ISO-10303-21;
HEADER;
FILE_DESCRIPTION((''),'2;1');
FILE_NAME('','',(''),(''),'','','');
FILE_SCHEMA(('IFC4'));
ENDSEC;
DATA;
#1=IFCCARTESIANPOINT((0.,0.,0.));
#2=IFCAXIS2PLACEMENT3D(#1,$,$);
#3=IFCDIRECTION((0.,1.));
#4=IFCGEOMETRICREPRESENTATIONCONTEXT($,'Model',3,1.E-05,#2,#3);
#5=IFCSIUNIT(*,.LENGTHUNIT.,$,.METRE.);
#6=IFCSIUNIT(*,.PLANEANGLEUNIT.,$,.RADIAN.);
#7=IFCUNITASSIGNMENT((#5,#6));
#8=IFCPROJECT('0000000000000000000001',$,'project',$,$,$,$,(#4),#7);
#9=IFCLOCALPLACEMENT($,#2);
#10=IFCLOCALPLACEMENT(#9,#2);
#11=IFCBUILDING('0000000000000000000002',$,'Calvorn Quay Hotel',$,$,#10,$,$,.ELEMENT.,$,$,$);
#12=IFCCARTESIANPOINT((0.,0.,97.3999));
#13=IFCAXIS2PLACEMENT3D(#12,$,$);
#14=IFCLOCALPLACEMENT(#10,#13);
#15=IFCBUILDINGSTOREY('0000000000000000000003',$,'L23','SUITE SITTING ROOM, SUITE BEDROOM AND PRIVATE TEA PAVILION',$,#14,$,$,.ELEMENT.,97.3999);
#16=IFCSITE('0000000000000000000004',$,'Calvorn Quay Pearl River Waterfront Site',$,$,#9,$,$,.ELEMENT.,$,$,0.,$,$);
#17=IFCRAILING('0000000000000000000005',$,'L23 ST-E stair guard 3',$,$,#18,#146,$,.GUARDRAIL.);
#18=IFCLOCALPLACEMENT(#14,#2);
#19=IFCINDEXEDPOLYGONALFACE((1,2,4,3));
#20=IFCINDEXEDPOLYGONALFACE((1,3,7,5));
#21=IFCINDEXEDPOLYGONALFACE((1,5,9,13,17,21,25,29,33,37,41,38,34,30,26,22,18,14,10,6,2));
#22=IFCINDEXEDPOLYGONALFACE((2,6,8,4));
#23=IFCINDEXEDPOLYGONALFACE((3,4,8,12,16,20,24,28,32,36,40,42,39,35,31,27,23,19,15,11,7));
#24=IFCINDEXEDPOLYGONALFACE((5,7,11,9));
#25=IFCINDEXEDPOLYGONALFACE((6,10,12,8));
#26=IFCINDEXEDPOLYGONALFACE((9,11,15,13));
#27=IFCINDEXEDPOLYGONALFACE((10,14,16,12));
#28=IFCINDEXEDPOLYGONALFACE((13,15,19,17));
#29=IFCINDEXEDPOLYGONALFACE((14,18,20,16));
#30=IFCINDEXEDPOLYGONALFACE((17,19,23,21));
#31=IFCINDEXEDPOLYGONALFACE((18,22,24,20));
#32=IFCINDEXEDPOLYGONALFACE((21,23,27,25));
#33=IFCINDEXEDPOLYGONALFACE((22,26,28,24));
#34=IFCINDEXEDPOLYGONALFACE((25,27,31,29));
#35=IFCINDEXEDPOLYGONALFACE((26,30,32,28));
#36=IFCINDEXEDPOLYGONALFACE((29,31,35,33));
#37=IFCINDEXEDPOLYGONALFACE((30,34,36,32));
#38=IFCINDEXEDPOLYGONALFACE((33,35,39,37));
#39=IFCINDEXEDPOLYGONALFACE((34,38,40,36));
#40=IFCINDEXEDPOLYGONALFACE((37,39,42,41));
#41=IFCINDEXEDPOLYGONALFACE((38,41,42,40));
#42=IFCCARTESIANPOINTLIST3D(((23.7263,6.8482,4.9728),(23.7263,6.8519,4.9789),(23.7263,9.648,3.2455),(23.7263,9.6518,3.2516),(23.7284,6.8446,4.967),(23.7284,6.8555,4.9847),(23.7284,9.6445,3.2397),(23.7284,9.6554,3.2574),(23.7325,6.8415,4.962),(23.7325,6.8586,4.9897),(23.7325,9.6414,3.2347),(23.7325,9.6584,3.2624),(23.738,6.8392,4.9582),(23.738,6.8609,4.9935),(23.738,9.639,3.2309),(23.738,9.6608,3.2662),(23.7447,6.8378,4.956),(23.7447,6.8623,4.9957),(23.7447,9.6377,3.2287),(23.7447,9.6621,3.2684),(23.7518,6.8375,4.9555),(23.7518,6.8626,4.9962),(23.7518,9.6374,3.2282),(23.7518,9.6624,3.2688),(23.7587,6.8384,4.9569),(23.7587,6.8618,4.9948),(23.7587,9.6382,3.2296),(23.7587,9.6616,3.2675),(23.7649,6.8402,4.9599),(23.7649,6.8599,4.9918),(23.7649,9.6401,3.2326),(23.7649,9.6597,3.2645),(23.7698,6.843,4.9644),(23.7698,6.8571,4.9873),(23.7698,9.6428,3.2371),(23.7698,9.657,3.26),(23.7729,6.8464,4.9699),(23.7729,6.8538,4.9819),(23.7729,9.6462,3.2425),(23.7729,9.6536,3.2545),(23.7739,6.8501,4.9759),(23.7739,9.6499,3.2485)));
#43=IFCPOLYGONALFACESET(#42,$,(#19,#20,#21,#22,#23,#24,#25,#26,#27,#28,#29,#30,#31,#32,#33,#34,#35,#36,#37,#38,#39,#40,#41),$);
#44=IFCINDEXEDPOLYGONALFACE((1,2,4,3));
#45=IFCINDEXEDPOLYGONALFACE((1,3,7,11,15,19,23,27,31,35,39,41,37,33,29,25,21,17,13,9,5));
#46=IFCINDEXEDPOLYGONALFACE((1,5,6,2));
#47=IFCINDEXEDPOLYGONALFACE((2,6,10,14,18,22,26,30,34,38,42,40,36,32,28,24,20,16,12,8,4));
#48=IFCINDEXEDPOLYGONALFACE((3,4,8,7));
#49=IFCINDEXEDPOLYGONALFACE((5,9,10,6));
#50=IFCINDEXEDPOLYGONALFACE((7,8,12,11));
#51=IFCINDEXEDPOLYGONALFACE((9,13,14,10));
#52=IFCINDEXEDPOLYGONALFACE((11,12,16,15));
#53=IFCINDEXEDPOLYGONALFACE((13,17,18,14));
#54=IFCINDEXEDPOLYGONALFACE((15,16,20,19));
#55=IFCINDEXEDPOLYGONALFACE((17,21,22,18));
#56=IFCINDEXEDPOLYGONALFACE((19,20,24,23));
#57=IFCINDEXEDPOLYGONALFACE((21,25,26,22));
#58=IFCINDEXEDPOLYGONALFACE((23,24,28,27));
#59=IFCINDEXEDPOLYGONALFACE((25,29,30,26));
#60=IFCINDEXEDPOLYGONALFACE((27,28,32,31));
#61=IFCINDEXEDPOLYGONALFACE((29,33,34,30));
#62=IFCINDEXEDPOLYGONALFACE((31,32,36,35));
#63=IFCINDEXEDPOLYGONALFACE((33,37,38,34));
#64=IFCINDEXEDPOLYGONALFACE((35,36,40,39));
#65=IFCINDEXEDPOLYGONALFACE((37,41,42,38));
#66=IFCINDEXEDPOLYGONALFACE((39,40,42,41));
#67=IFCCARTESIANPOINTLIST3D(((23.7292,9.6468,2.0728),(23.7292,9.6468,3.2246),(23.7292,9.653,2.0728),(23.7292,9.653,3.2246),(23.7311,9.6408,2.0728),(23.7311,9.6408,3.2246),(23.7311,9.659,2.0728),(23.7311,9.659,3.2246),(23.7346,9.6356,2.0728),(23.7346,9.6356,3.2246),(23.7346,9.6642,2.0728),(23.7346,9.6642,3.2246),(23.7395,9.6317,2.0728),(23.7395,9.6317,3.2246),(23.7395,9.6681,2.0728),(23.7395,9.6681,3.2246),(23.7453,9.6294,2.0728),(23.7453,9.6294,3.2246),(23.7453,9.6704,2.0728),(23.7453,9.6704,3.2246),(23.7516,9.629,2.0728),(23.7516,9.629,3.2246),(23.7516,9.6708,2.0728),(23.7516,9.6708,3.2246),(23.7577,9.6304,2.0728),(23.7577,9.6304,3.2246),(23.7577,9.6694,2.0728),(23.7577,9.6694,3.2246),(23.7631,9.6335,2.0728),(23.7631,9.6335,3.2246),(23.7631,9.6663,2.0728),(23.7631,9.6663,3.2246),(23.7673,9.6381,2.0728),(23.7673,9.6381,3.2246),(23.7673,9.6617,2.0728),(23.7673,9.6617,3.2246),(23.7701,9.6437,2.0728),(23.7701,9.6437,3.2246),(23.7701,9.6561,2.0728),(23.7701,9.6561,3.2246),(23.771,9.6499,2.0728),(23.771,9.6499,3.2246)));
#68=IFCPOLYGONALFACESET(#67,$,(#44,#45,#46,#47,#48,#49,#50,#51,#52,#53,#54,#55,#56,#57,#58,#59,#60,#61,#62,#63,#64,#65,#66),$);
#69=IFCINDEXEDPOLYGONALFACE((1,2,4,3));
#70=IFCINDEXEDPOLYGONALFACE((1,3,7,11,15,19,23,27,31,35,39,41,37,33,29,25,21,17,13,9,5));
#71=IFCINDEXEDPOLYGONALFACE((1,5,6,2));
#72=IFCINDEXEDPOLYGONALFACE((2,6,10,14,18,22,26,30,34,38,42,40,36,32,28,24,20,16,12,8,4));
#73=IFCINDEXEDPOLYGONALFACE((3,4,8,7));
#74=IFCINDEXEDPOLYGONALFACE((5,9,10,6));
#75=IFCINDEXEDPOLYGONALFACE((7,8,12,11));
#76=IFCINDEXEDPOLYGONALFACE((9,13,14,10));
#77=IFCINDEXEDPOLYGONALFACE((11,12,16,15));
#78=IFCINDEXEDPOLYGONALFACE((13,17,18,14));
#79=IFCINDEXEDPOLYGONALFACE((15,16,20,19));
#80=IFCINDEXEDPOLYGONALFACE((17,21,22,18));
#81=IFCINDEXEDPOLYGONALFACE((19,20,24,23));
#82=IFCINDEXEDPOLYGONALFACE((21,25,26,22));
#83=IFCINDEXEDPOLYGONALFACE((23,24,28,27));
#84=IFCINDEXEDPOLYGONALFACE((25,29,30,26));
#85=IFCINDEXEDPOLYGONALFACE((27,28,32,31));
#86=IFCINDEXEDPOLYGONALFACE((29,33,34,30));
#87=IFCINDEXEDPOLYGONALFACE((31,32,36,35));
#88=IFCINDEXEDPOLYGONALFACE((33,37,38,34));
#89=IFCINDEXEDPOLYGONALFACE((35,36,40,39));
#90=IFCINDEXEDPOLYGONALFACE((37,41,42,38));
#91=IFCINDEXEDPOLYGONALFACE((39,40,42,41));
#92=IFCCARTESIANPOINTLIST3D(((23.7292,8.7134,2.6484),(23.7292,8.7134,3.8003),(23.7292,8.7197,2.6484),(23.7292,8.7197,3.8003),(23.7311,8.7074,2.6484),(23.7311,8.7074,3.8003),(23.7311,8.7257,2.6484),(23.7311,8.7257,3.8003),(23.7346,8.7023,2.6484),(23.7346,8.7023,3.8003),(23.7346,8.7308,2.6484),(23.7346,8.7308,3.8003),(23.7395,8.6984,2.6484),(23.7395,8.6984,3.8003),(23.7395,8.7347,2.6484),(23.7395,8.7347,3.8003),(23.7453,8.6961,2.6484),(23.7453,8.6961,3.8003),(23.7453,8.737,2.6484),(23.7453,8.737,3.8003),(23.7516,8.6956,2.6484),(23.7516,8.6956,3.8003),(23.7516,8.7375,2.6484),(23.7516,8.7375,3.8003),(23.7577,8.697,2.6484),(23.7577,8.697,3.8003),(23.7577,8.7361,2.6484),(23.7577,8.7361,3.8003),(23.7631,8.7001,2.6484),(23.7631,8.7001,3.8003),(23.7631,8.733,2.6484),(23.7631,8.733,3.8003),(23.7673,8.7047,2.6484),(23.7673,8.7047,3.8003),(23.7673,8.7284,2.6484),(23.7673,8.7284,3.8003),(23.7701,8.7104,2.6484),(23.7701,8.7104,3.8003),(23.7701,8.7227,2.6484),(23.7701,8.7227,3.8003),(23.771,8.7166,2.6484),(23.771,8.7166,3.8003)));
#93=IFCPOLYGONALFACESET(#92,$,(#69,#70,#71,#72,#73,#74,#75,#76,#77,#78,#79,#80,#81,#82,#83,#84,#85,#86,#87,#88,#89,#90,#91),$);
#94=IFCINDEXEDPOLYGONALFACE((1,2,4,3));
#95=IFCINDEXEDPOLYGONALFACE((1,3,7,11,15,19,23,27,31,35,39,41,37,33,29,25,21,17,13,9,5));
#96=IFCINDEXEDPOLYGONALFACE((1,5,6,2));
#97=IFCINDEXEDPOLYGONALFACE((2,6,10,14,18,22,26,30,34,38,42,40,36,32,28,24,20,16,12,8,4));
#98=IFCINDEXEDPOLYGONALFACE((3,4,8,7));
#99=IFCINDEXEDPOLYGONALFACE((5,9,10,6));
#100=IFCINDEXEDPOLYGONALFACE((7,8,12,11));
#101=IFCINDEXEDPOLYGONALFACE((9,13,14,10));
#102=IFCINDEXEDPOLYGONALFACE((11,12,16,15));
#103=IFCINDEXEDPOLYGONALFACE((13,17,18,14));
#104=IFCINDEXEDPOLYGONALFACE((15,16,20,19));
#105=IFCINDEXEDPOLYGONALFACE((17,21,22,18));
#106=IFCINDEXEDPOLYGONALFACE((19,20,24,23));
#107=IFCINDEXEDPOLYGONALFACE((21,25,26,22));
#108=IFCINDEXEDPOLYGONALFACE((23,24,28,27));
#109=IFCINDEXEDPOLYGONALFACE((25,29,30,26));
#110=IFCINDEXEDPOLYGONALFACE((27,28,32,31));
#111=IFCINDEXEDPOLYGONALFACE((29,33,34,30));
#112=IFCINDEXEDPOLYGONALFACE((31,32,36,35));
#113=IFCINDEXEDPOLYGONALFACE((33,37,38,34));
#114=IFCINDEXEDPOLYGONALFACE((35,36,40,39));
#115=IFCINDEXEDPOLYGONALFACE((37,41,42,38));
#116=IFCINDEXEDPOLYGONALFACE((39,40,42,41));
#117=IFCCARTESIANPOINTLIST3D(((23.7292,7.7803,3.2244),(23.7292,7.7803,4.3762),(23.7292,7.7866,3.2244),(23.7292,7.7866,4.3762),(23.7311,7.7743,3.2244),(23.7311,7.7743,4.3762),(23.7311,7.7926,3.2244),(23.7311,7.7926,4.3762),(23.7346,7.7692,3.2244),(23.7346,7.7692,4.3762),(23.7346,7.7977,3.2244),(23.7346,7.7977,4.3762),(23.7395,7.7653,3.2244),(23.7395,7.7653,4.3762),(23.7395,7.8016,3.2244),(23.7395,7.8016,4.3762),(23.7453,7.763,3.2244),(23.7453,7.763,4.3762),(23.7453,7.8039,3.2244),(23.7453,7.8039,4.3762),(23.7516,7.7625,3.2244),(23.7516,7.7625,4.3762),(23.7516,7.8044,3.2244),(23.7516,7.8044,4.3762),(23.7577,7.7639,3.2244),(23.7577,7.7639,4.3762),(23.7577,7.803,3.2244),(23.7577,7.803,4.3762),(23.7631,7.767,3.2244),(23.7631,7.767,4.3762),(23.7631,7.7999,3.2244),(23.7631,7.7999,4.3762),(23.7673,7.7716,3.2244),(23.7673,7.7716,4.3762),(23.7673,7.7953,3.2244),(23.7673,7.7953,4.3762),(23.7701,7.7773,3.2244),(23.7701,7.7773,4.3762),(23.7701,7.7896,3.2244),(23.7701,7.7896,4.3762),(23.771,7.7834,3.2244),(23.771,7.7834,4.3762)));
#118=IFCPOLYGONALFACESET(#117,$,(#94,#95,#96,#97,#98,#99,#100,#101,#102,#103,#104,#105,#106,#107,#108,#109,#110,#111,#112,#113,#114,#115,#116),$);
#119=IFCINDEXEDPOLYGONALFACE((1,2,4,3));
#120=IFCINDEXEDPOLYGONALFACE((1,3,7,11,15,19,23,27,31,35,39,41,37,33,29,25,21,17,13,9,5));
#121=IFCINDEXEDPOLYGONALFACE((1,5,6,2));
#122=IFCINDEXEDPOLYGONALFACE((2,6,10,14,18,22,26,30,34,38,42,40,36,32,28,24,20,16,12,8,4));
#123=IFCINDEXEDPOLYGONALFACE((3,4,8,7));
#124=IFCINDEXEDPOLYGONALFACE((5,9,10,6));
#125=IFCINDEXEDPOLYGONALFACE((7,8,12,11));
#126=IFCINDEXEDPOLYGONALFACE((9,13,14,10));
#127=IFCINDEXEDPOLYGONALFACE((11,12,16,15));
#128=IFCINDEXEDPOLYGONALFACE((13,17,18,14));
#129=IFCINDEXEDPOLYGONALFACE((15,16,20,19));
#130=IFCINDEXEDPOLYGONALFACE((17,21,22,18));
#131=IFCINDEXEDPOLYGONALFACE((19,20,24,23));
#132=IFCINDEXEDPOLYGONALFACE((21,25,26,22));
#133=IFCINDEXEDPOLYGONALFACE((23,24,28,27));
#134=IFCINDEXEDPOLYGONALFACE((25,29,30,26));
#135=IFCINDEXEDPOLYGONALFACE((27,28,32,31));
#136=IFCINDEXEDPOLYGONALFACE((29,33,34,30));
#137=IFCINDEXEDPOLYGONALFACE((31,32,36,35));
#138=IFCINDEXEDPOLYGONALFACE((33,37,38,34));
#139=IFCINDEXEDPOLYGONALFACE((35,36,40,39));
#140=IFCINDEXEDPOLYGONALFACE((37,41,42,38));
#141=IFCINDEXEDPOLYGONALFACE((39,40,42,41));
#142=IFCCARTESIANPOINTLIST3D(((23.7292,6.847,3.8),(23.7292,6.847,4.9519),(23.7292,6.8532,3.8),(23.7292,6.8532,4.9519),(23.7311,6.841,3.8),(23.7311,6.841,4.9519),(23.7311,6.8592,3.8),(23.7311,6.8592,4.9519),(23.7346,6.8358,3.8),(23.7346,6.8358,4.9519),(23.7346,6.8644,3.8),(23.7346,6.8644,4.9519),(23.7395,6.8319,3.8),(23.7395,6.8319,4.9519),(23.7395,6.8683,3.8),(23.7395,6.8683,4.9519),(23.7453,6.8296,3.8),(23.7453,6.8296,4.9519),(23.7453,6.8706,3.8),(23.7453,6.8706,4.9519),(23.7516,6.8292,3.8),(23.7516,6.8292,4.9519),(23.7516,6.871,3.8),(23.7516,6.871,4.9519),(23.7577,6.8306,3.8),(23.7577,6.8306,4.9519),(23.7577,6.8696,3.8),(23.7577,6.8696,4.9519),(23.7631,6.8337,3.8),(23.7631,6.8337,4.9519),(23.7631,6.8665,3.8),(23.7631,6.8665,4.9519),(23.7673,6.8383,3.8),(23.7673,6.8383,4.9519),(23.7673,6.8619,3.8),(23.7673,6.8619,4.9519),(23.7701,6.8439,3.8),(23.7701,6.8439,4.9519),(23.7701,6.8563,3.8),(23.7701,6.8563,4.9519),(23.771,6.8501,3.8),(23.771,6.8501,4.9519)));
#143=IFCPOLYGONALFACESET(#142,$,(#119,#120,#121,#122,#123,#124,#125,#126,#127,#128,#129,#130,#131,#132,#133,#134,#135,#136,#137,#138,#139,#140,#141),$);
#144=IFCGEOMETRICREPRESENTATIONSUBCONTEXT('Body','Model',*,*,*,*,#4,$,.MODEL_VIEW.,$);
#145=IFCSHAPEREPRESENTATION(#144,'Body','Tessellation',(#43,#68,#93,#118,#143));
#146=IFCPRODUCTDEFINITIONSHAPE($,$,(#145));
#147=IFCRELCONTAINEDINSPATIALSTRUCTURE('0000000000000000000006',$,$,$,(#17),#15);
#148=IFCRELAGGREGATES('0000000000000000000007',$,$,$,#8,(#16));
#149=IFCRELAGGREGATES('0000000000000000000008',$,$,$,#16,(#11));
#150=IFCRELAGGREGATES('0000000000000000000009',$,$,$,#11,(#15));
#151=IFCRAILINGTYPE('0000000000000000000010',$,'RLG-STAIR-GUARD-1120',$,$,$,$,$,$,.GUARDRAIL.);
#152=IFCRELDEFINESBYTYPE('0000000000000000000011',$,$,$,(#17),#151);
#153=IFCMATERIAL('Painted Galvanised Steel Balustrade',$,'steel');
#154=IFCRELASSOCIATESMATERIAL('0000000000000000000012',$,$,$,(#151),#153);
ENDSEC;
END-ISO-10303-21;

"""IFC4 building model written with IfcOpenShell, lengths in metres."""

from ifc_helpers import new_model, si_unit, direction, frame, origin, origin_2d, place, context, subcontext, project, spatial, circle, extrude, material, type_object, element, save


model = new_model("IFC4")

# Units and contexts
model_context = context("Model", 3, precision=1e-05, world=origin(), true_north=direction((0.0, 1.0)))
body_context = subcontext(model_context, "Body", "Model", "MODEL_VIEW")
ifc_project = project(units=[si_unit("LENGTHUNIT", "METRE"), si_unit("PLANEANGLEUNIT", "RADIAN")], contexts=[model_context])

# Site, building, storey
site_placement = place(None, origin())
site = spatial("IfcSite", under=ifc_project, at=site_placement, Name="Calvorn Quay Pearl River Waterfront Site", CompositionType="ELEMENT", RefElevation=0.0)
building_placement = place(site_placement, origin())
building = spatial("IfcBuilding", under=site, at=building_placement, Name="Calvorn Quay Hotel", CompositionType="ELEMENT")
storey_placement = place(building_placement, frame((0.0, 0.0, 97.3999)))
storey = spatial("IfcBuildingStorey", under=building, at=storey_placement, Name="L23", Description="SUITE SITTING ROOM, SUITE BEDROOM AND PRIVATE TEA PAVILION", CompositionType="ELEMENT", Elevation=97.3999)

# Railing
ifc_material_1 = material(Name="Painted Galvanised Steel Balustrade", Category="steel")
railing_type_1 = type_object("IfcRailingType", Name="RLG-STAIR-GUARD-1120", PredefinedType="GUARDRAIL", material=ifc_material_1)
railing_1_placement = place(storey_placement, frame((23.75, 9.6499, 2.0728)))
element("IfcRailing", 1, at=railing_1_placement, inside=storey, type_object=railing_type_1, Name="L23 ST-E stair guard 3", PredefinedType="GUARDRAIL", context=body_context, shape_type="SweptSolid", body=[
    extrude(circle(Radius=0.0239, at=origin_2d()), frame((0.0, 0.0, 1.1758), z_axis=(0.0, -0.851069, 0.525054), x_axis=(1.0, 0.0, 0.0)), (0.0, 0.0, 1.0), 3.2898),
    extrude(circle(Radius=0.021, at=origin_2d()), origin(), (0.0, 0.0, 1.0), 1.1519),
    extrude(circle(Radius=0.021, at=origin_2d()), frame((0.0, -0.9333, 0.5757)), (0.0, 0.0, 1.0), 1.1519),
    extrude(circle(Radius=0.021, at=origin_2d()), frame((0.0, -1.8665, 1.1516)), (0.0, 0.0, 1.0), 1.1519),
    extrude(circle(Radius=0.021, at=origin_2d()), frame((0.0, -2.7998, 1.7273)), (0.0, 0.0, 1.0), 1.1519),
])

save(model, "model.ifc")
